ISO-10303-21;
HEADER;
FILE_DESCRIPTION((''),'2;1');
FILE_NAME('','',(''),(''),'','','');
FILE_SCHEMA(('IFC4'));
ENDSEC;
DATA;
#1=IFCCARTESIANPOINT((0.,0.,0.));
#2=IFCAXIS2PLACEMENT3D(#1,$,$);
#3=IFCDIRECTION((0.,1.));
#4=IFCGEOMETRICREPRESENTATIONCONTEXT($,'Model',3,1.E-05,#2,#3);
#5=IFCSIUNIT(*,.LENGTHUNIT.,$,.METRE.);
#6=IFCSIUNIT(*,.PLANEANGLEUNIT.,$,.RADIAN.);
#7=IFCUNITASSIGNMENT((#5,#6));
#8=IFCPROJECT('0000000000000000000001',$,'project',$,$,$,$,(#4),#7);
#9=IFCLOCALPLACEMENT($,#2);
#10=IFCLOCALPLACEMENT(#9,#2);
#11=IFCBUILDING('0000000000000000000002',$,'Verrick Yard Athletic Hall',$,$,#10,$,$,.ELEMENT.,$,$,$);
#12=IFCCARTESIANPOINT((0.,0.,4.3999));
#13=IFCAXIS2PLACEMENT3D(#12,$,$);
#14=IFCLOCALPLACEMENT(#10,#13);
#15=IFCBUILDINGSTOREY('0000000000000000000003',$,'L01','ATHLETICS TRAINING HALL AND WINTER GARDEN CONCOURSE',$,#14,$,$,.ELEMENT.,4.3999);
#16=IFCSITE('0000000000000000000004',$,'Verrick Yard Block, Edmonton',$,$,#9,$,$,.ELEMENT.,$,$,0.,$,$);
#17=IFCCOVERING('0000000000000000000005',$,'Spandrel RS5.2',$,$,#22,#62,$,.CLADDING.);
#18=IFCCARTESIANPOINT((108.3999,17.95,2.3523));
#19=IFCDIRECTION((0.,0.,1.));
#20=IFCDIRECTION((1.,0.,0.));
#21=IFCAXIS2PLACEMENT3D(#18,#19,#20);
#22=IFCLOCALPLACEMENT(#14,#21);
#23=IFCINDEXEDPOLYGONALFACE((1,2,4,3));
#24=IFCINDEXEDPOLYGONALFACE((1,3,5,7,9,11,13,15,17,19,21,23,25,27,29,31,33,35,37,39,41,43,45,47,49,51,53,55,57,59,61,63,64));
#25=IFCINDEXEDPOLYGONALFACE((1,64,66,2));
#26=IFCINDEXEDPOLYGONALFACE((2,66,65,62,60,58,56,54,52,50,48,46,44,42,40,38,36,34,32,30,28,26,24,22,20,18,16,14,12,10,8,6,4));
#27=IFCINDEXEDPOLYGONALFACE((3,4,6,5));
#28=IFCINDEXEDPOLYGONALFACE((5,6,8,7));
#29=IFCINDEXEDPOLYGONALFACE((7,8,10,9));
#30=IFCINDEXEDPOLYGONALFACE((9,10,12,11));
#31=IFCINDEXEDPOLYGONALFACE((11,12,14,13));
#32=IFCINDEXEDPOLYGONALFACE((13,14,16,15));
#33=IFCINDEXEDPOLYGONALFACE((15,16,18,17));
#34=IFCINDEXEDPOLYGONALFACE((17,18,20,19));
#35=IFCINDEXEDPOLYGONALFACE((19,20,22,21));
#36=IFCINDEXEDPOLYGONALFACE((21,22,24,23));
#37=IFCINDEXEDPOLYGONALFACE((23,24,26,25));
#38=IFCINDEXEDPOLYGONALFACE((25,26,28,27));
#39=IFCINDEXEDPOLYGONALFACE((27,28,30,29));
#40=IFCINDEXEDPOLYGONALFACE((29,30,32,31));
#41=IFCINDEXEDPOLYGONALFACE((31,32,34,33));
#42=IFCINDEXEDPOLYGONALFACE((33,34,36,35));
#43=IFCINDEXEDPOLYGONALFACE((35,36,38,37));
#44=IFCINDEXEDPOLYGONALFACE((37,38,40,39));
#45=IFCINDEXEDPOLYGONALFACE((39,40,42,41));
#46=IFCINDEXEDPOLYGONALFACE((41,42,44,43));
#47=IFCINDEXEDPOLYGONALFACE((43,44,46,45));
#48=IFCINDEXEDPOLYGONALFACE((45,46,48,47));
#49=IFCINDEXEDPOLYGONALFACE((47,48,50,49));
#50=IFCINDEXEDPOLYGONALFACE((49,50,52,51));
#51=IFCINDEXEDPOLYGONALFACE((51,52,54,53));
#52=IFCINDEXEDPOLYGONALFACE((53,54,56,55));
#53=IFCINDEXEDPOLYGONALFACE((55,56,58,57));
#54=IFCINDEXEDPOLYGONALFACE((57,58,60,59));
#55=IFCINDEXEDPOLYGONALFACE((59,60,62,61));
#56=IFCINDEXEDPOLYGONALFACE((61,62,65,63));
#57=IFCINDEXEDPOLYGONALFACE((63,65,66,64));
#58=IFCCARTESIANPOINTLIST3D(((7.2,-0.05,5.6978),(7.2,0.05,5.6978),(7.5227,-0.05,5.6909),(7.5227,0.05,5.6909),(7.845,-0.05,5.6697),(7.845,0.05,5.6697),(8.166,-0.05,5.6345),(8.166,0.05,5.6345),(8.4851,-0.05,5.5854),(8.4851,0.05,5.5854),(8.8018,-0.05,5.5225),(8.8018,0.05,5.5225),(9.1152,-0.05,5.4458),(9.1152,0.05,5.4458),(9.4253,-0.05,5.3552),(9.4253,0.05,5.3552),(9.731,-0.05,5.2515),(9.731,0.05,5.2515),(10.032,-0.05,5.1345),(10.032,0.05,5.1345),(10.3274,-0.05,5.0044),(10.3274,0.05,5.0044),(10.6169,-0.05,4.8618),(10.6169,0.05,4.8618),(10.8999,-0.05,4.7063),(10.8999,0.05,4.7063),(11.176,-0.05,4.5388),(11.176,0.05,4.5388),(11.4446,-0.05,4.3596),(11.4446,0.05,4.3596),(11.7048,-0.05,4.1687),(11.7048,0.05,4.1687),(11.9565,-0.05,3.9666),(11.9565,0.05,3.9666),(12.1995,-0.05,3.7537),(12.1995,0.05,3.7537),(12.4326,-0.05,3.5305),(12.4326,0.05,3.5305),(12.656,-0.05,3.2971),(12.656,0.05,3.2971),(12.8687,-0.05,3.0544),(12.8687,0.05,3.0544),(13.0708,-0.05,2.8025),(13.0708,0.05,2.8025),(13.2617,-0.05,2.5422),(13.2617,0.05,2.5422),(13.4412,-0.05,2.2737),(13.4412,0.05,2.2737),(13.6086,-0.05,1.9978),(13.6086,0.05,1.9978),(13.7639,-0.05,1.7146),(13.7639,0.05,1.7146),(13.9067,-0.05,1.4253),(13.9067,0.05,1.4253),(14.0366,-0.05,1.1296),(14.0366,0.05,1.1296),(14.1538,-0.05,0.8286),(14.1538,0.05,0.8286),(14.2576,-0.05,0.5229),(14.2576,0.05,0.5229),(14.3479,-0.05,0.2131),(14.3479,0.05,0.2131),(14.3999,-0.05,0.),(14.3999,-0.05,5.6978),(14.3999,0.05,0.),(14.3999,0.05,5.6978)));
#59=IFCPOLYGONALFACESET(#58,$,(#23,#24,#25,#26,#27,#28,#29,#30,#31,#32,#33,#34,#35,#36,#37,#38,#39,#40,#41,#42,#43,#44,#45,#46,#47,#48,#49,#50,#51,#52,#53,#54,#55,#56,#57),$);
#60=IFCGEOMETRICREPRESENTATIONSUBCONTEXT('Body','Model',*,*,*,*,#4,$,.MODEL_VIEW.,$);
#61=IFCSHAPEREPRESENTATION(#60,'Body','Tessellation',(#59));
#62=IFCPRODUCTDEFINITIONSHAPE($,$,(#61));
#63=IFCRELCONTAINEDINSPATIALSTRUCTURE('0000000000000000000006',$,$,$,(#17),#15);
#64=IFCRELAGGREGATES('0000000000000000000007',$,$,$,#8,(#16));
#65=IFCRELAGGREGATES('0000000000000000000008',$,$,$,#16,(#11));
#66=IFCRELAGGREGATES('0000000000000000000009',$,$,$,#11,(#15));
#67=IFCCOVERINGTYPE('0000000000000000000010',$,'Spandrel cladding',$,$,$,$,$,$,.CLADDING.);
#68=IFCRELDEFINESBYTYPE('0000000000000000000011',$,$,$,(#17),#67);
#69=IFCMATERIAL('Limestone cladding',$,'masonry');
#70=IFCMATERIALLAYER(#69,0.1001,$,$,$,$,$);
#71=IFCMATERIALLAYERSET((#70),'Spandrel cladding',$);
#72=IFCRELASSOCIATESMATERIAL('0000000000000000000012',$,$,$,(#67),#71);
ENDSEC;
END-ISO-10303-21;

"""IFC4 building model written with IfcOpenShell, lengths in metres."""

from ifc_helpers import new_model, si_unit, direction, frame, origin, place, context, subcontext, project, spatial, polyline, outline, extrude, material, layer, layer_set, type_object, element, save


model = new_model("IFC4")

# Units and contexts
model_context = context("Model", 3, precision=1e-05, world=origin(), true_north=direction((0.0, 1.0)))
body_context = subcontext(model_context, "Body", "Model", "MODEL_VIEW")
ifc_project = project(units=[si_unit("LENGTHUNIT", "METRE"), si_unit("PLANEANGLEUNIT", "RADIAN")], contexts=[model_context])

# Site, building, storey
site_placement = place(None, origin())
site = spatial("IfcSite", under=ifc_project, at=site_placement, Name="Verrick Yard Block, Edmonton", CompositionType="ELEMENT", RefElevation=0.0)
building_placement = place(site_placement, origin())
building = spatial("IfcBuilding", under=site, at=building_placement, Name="Verrick Yard Athletic Hall", CompositionType="ELEMENT")
storey_placement = place(building_placement, frame((0.0, 0.0, 4.3999)))
storey = spatial("IfcBuildingStorey", under=building, at=storey_placement, Name="L01", Description="ATHLETICS TRAINING HALL AND WINTER GARDEN CONCOURSE", CompositionType="ELEMENT", Elevation=4.3999)

# Covering
ifc_material_1 = material(Name="Limestone cladding", Category="masonry")
ifc_layer_1 = layer(ifc_material_1, 0.1001)
ifc_layer_set_1 = layer_set([ifc_layer_1], Name="Spandrel cladding")
covering_type_1 = type_object("IfcCoveringType", Name="Spandrel cladding", PredefinedType="CLADDING", material=ifc_layer_set_1)
covering_1_placement = place(storey_placement, frame((108.3999, 17.95, 2.3523), z_axis=(0.0, 0.0, 1.0), x_axis=(1.0, 0.0, 0.0)))
element("IfcCovering", 1, at=covering_1_placement, inside=storey, type_object=covering_type_1, Name="Spandrel RS5.2", PredefinedType="CLADDING", context=body_context, shape_type="SweptSolid", body=[
    extrude(outline(polyline([(7.2, 5.6978), (7.5227, 5.6909), (7.845, 5.6697), (8.166, 5.6345), (8.4851, 5.5854), (8.8018, 5.5225), (9.1152, 5.4458), (9.4253, 5.3552), (9.731, 5.2515), (10.032, 5.1345), (10.3274, 5.0044), (10.6169, 4.8618), (10.8999, 4.7063), (11.176, 4.5388), (11.4446, 4.3596), (11.7048, 4.1687), (11.9565, 3.9666), (12.1995, 3.7537), (12.4326, 3.5305), (12.656, 3.2971), (12.8687, 3.0544), (13.0708, 2.8025), (13.2617, 2.5422), (13.4412, 2.2737), (13.6086, 1.9978), (13.7639, 1.7146), (13.9067, 1.4253), (14.0366, 1.1296), (14.1538, 0.8286), (14.2576, 0.5229), (14.3479, 0.2131), (14.3999, 0.0), (14.3999, 5.6978), (7.2, 5.6978)])), frame((0.0, 0.05, 0.0), z_axis=(0.0, -1.0, 0.0), x_axis=(1.0, 0.0, 0.0)), (0.0, 0.0, 1.0), 0.1001),
])

save(model, "model.ifc")
